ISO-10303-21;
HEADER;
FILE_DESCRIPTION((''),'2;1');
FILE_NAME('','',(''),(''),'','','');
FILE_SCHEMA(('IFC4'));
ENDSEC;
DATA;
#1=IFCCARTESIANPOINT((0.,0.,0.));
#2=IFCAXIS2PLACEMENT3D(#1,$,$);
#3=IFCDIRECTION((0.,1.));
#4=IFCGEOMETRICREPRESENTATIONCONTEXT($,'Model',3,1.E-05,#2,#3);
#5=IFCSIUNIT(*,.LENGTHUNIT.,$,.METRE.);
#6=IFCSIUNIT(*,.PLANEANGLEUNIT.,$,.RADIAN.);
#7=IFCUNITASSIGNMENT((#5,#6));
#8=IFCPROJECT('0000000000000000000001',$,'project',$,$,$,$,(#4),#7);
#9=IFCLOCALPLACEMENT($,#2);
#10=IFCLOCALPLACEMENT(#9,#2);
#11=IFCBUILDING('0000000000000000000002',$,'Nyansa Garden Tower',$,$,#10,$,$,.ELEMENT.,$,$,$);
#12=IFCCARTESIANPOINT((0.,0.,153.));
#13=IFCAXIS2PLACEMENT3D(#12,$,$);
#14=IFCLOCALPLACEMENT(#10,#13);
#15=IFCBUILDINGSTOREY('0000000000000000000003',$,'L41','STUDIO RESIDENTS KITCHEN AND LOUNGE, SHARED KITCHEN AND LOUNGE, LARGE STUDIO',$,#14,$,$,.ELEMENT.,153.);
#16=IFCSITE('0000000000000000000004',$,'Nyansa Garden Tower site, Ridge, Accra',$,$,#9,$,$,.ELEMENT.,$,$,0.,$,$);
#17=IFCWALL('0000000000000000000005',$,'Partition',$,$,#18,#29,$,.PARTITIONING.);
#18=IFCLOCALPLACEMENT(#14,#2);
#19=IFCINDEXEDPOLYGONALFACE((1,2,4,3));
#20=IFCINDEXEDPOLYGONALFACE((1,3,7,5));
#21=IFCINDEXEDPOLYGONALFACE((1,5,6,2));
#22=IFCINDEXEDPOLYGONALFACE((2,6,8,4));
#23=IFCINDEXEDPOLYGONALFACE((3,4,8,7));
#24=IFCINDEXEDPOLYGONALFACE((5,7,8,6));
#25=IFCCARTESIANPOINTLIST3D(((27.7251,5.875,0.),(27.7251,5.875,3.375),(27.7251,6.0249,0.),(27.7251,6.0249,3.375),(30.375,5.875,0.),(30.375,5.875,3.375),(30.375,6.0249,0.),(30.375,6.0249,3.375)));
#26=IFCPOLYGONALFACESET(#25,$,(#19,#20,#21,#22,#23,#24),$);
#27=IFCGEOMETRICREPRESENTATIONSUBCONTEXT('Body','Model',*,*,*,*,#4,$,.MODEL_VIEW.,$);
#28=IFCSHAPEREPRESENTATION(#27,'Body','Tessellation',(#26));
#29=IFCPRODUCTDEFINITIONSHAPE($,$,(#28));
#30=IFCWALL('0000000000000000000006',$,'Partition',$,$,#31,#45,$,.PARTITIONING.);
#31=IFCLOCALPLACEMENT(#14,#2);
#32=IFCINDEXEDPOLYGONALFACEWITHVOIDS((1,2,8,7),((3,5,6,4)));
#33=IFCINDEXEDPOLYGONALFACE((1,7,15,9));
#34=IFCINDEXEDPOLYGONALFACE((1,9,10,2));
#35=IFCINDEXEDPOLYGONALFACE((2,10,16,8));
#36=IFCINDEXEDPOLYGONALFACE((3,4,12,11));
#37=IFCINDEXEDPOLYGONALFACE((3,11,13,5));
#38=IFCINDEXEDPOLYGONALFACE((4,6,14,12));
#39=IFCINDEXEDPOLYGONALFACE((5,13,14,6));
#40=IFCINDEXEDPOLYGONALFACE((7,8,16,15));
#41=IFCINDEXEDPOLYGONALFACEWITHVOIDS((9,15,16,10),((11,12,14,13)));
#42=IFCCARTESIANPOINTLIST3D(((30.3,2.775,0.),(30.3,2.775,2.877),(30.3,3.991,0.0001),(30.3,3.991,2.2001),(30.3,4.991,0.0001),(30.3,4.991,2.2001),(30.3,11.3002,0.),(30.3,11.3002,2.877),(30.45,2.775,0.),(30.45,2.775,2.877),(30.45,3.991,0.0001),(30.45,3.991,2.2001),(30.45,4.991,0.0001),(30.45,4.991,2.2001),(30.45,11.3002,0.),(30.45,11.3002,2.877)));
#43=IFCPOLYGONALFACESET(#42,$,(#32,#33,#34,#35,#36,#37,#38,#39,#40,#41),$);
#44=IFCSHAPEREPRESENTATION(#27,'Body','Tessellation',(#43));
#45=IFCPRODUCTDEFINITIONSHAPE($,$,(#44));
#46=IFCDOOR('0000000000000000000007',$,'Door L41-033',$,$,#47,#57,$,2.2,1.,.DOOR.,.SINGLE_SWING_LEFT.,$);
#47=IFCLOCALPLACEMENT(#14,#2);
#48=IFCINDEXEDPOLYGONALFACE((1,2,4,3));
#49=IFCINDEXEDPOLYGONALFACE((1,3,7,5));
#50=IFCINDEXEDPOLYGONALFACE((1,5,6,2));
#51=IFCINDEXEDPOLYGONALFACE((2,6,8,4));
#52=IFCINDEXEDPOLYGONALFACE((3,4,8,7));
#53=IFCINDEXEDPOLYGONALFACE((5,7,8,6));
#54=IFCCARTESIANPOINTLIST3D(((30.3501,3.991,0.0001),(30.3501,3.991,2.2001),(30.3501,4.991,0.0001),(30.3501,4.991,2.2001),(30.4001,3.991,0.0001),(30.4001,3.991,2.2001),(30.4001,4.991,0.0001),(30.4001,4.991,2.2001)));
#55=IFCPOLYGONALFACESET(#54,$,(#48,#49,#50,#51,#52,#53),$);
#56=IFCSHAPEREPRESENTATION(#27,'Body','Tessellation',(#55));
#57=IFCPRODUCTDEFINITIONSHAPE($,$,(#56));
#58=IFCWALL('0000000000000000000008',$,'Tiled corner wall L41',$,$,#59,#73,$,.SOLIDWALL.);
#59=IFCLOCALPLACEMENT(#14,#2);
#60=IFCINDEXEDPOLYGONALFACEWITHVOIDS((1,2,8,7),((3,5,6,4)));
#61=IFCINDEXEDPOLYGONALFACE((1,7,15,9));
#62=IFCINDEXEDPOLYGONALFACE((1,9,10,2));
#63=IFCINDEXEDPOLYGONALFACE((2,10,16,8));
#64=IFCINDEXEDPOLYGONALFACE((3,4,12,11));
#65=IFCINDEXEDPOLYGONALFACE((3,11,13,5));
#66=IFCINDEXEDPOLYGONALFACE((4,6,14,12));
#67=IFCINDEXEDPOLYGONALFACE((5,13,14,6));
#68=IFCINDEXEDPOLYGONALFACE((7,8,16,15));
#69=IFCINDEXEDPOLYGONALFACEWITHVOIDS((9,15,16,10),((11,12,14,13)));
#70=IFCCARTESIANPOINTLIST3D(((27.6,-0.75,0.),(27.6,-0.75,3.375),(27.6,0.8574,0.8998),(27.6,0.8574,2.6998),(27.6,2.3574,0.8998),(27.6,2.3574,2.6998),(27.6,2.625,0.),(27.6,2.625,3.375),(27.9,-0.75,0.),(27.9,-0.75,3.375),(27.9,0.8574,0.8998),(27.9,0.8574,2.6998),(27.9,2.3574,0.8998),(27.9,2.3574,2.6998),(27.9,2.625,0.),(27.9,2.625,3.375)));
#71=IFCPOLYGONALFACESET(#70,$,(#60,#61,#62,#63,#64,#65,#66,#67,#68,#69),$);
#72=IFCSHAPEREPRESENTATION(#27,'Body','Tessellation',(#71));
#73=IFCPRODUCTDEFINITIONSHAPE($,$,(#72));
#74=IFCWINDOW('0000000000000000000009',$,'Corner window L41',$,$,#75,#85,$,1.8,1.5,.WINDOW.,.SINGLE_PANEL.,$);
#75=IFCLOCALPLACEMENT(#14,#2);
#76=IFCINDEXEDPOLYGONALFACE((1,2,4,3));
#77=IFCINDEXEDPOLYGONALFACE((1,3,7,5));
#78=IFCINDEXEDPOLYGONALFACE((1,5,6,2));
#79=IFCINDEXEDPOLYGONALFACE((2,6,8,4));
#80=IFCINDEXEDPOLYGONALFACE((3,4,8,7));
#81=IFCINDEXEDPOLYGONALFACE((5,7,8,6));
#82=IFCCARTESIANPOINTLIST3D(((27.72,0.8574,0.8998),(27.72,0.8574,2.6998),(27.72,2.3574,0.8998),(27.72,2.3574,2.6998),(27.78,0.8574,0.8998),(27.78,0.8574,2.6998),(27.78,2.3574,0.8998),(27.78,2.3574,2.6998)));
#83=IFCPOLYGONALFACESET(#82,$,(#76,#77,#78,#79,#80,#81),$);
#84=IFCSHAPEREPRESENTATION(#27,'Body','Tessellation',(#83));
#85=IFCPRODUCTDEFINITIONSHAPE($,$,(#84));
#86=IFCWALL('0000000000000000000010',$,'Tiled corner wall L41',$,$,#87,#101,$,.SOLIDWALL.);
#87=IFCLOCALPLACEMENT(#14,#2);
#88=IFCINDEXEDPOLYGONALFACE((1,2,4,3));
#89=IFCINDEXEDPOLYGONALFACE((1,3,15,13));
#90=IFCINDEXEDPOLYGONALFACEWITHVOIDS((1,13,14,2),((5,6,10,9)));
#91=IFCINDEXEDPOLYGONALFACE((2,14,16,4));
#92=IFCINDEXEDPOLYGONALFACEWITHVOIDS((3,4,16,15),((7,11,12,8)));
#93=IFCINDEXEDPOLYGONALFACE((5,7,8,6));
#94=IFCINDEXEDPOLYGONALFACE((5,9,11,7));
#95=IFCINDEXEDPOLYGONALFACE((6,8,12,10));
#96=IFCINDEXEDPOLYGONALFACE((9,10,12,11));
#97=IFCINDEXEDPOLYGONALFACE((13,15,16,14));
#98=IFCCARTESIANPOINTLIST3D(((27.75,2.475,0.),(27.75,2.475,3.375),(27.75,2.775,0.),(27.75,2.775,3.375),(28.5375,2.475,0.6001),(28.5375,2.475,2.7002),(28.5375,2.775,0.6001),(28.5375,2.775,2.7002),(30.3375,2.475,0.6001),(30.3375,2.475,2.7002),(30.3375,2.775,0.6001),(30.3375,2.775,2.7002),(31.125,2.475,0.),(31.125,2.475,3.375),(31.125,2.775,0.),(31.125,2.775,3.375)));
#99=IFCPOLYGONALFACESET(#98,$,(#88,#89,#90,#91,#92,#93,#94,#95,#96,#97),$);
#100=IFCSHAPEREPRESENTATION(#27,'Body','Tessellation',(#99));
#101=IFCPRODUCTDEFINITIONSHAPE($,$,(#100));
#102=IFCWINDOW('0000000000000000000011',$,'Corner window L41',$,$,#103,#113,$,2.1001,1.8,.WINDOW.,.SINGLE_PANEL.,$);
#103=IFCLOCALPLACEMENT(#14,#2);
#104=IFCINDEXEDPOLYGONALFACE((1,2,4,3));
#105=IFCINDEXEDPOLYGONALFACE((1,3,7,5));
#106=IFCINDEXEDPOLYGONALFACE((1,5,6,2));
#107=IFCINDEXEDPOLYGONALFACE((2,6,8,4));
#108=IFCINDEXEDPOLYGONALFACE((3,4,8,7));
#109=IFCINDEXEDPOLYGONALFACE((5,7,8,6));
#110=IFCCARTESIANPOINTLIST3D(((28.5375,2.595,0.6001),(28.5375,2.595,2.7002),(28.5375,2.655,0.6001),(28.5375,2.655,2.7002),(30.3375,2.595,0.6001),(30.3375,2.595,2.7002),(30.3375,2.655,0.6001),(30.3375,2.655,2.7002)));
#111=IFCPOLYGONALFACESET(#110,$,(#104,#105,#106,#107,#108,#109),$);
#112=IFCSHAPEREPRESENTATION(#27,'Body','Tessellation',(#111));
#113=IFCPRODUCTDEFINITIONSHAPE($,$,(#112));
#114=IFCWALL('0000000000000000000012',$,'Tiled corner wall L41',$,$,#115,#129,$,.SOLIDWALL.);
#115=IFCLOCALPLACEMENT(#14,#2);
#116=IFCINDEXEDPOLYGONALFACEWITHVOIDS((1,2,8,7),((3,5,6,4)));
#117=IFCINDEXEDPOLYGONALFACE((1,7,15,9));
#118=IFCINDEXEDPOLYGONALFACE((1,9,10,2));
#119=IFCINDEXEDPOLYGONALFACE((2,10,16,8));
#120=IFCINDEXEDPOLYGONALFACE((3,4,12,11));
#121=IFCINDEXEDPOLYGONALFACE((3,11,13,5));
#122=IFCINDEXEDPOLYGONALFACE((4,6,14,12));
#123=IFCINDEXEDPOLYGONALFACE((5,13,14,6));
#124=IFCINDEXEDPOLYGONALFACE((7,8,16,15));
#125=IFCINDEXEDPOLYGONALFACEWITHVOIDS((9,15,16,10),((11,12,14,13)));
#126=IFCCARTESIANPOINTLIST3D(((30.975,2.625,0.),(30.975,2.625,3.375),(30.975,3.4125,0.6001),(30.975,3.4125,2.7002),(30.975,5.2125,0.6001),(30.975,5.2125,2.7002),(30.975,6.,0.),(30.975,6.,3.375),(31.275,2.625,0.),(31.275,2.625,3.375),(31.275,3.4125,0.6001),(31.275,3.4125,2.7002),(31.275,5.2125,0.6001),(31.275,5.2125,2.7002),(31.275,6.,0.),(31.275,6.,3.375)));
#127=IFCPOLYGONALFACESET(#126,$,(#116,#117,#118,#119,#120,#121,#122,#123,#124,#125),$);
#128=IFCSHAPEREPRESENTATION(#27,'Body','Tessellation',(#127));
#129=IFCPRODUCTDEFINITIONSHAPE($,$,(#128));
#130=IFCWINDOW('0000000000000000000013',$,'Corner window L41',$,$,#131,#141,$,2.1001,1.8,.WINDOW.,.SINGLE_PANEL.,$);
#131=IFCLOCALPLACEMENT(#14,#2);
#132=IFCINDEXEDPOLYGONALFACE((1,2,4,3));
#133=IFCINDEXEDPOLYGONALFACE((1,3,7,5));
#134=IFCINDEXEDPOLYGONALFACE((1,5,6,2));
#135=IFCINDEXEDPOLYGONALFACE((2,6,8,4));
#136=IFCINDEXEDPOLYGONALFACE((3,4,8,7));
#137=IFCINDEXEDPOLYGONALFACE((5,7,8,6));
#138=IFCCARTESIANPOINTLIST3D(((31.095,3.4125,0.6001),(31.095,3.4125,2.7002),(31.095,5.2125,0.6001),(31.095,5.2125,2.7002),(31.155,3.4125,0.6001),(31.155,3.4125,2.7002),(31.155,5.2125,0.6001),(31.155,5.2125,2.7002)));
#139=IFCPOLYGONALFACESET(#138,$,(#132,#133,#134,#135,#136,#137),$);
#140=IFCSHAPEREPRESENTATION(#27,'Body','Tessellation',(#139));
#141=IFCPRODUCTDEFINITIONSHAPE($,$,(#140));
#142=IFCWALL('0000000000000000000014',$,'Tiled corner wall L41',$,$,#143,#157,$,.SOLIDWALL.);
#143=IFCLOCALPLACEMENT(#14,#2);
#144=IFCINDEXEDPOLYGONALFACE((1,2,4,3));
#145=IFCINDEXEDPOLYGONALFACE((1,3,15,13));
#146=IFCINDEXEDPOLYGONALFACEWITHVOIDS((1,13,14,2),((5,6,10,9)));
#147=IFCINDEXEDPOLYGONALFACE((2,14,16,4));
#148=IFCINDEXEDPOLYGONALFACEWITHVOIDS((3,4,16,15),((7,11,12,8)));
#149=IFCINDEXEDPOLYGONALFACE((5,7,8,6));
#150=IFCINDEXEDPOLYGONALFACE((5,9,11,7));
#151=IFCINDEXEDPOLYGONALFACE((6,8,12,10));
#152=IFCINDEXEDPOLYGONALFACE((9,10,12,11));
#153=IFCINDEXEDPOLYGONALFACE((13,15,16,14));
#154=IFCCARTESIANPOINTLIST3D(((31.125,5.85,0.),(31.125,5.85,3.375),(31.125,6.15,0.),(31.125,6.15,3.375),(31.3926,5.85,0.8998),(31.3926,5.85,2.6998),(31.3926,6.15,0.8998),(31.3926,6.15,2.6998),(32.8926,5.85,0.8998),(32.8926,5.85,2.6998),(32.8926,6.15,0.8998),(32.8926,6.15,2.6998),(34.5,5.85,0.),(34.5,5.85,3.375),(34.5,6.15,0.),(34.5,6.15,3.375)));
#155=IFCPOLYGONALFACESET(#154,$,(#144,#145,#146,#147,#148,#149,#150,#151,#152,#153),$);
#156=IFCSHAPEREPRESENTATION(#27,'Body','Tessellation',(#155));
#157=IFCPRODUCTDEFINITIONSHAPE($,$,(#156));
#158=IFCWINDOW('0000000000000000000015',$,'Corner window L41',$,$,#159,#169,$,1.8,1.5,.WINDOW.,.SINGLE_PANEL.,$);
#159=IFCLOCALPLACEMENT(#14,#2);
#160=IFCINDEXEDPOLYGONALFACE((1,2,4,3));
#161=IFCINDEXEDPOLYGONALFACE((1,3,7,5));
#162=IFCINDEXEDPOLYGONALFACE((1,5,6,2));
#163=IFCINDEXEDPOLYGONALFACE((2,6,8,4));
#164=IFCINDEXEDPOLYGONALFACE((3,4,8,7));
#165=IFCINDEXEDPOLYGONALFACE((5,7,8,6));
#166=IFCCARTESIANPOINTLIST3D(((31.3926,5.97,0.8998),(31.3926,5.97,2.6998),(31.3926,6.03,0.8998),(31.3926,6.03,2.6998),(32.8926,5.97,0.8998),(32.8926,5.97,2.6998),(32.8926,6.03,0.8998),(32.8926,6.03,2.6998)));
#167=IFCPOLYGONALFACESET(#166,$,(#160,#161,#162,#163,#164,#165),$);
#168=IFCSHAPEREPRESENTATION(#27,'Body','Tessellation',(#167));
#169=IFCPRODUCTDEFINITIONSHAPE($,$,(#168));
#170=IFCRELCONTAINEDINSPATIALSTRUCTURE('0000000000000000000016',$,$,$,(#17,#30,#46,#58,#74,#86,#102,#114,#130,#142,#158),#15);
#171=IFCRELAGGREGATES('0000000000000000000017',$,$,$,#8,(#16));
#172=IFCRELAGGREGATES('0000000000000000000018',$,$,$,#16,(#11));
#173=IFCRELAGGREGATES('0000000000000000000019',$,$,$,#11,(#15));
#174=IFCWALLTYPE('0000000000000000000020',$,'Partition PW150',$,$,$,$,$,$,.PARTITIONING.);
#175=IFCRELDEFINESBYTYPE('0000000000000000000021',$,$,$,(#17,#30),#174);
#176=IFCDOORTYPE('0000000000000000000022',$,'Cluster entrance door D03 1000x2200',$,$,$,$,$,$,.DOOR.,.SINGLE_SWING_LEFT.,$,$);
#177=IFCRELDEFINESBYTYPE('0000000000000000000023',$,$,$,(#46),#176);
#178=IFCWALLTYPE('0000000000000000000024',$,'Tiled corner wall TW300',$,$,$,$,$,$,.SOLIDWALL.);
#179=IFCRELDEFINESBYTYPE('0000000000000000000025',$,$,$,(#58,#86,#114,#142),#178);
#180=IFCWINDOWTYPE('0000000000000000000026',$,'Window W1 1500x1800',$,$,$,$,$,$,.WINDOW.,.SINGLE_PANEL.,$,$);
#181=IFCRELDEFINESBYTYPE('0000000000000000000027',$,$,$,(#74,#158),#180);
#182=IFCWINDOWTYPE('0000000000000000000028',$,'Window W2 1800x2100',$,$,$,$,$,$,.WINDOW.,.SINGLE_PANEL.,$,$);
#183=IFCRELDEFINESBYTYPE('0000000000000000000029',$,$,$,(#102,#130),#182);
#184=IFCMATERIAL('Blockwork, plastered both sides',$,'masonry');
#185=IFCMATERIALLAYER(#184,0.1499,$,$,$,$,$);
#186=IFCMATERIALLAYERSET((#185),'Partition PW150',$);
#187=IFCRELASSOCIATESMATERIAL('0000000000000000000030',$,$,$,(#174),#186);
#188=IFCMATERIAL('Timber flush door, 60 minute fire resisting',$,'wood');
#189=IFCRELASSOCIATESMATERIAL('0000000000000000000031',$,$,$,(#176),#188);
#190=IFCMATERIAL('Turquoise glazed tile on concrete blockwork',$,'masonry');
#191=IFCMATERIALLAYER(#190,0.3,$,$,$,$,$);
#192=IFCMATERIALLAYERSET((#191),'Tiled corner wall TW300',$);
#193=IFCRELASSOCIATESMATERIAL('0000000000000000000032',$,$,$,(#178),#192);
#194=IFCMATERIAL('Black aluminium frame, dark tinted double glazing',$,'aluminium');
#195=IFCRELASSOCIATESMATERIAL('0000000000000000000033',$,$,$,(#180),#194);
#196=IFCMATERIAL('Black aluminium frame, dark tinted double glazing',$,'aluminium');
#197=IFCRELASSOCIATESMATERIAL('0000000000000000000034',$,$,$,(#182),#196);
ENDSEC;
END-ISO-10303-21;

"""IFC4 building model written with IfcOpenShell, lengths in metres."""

from ifc_helpers import new_model, si_unit, direction, frame, frame_2d, origin, place, context, subcontext, project, spatial, rectangle, extrude, material, layer, layer_set, type_object, element, fill, save


model = new_model("IFC4")

# Units and contexts
model_context = context("Model", 3, precision=1e-05, world=origin(), true_north=direction((0.0, 1.0)))
body_context = subcontext(model_context, "Body", "Model", "MODEL_VIEW")
ifc_project = project(units=[si_unit("LENGTHUNIT", "METRE"), si_unit("PLANEANGLEUNIT", "RADIAN")], contexts=[model_context])

# Site, building, storey
site_placement = place(None, origin())
site = spatial("IfcSite", under=ifc_project, at=site_placement, Name="Nyansa Garden Tower site, Ridge, Accra", CompositionType="ELEMENT", RefElevation=0.0)
building_placement = place(site_placement, origin())
building = spatial("IfcBuilding", under=site, at=building_placement, Name="Nyansa Garden Tower", CompositionType="ELEMENT")
storey_placement = place(building_placement, frame((0.0, 0.0, 153.0)))
storey = spatial("IfcBuildingStorey", under=building, at=storey_placement, Name="L41", Description="STUDIO RESIDENTS KITCHEN AND LOUNGE, SHARED KITCHEN AND LOUNGE, LARGE STUDIO", CompositionType="ELEMENT", Elevation=153.0)

# Wall
ifc_material_1 = material(Name="Blockwork, plastered both sides", Category="masonry")
ifc_layer_1 = layer(ifc_material_1, 0.1499)
ifc_layer_set_1 = layer_set([ifc_layer_1], Name="Partition PW150")
wall_type_1 = type_object("IfcWallType", Name="Partition PW150", PredefinedType="PARTITIONING", material=ifc_layer_set_1)
wall_1_placement = place(storey_placement, frame((27.7251, 5.95, 0.0), z_axis=(0.0, 0.0, 1.0), x_axis=(1.0, 0.0, 0.0)))
element("IfcWall", 1, at=wall_1_placement, inside=storey, type_object=wall_type_1, Name="Partition", PredefinedType="PARTITIONING", context=body_context, shape_type="SweptSolid", body=[
    extrude(rectangle(XDim=2.6499, YDim=0.1499, at=frame_2d((1.325, 0.0))), origin(), (0.0, 0.0, 1.0), 3.375),
])

# Wall, opening, door
wall_2_placement = place(storey_placement, frame((30.375, 2.7749, 0.0), z_axis=(0.0, 0.0, 1.0), x_axis=(0.0, 1.0, 0.0)))
wall_2 = element("IfcWall", 2, at=wall_2_placement, inside=storey, type_object=wall_type_1, Name="Partition", PredefinedType="PARTITIONING", context=body_context, shape_type="SweptSolid", body=[
    extrude(rectangle(XDim=8.5251, YDim=0.1499, at=frame_2d((4.2627, 0.0))), origin(), (0.0, 0.0, 1.0), 2.877),
])
opening_1_placement = place(wall_2_placement, frame((1.2161, 0.0, 0.0)))
opening_1 = element("IfcOpeningElement", 3, at=opening_1_placement, cuts=wall_2, PredefinedType="OPENING", context=body_context, shape_type="SweptSolid", body=[
    extrude(rectangle(XDim=1.0, YDim=2.2, at=frame_2d((0.5, 1.1001))), frame((0.0, 0.085, 0.0), z_axis=(0.0, -1.0, 0.0), x_axis=(1.0, 0.0, 0.0)), (0.0, 0.0, 1.0), 0.1699),
])
ifc_material_2 = material(Name="Timber flush door, 60 minute fire resisting", Category="wood")
door_type = type_object("IfcDoorType", Name="Cluster entrance door D03 1000x2200", OperationType="SINGLE_SWING_LEFT", PredefinedType="DOOR", material=ifc_material_2)
door_placement = place(opening_1_placement, origin())
door = element("IfcDoor", 4, at=door_placement, inside=storey, type_object=door_type, Name="Door L41-033", OperationType="SINGLE_SWING_LEFT", OverallHeight=2.2, OverallWidth=1.0, PredefinedType="DOOR", context=body_context, shape_type="SweptSolid", body=[
    extrude(rectangle(XDim=1.0, YDim=2.2, at=frame_2d((0.5, 1.1001))), frame((0.0, 0.0249, 0.0), z_axis=(0.0, -1.0, 0.0), x_axis=(1.0, 0.0, 0.0)), (0.0, 0.0, 1.0), 0.05),
])
fill(opening_1, door)

# Walls, openings, windows
ifc_material_3 = material(Name="Turquoise glazed tile on concrete blockwork", Category="masonry")
ifc_layer_2 = layer(ifc_material_3, 0.3)
ifc_layer_set_2 = layer_set([ifc_layer_2], Name="Tiled corner wall TW300")
wall_type_2 = type_object("IfcWallType", Name="Tiled corner wall TW300", PredefinedType="SOLIDWALL", material=ifc_layer_set_2)
wall_3_placement = place(storey_placement, frame((27.75, -0.75, 0.0), z_axis=(0.0, 0.0, 1.0), x_axis=(0.0, 1.0, 0.0)))
wall_3 = element("IfcWall", 5, at=wall_3_placement, inside=storey, type_object=wall_type_2, Name="Tiled corner wall L41", PredefinedType="SOLIDWALL", context=body_context, shape_type="SweptSolid", body=[
    extrude(rectangle(XDim=3.375, YDim=0.3, at=frame_2d((1.6875, 0.0))), origin(), (0.0, 0.0, 1.0), 3.375),
])
opening_2_placement = place(wall_3_placement, frame((1.6074, 0.0, 0.8999)))
opening_2 = element("IfcOpeningElement", 6, at=opening_2_placement, cuts=wall_3, PredefinedType="OPENING", context=body_context, shape_type="SweptSolid", body=[
    extrude(rectangle(XDim=1.5, YDim=1.8, at=frame_2d((0.75, 0.8999))), frame((0.0, 0.1599, 0.0), z_axis=(0.0, -1.0, 0.0), x_axis=(1.0, 0.0, 0.0)), (0.0, 0.0, 1.0), 0.3201),
])
ifc_material_4 = material(Name="Black aluminium frame, dark tinted double glazing", Category="aluminium")
window_type_1 = type_object("IfcWindowType", Name="Window W1 1500x1800", PartitioningType="SINGLE_PANEL", PredefinedType="WINDOW", material=ifc_material_4)
window_1_placement = place(opening_2_placement, origin())
window_1 = element("IfcWindow", 7, at=window_1_placement, inside=storey, type_object=window_type_1, Name="Corner window L41", OverallHeight=1.8, OverallWidth=1.5, PartitioningType="SINGLE_PANEL", PredefinedType="WINDOW", context=body_context, shape_type="SweptSolid", body=[
    extrude(rectangle(XDim=1.5, YDim=1.8, at=frame_2d((0.75, 0.8999))), frame((0.0, 0.03, 0.0), z_axis=(0.0, -1.0, 0.0), x_axis=(1.0, 0.0, 0.0)), (0.0, 0.0, 1.0), 0.0601),
])
fill(opening_2, window_1)
wall_4_placement = place(storey_placement, frame((27.75, 2.625, 0.0), z_axis=(0.0, 0.0, 1.0), x_axis=(1.0, 0.0, 0.0)))
wall_4 = element("IfcWall", 8, at=wall_4_placement, inside=storey, type_object=wall_type_2, Name="Tiled corner wall L41", PredefinedType="SOLIDWALL", context=body_context, shape_type="SweptSolid", body=[
    extrude(rectangle(XDim=3.375, YDim=0.3, at=frame_2d((1.6875, 0.0))), origin(), (0.0, 0.0, 1.0), 3.375),
])
opening_3_placement = place(wall_4_placement, frame((0.7876, 0.0, 0.6001)))
opening_3 = element("IfcOpeningElement", 9, at=opening_3_placement, cuts=wall_4, PredefinedType="OPENING", context=body_context, shape_type="SweptSolid", body=[
    extrude(rectangle(XDim=1.8, YDim=2.1001, at=frame_2d((0.8999, 1.05))), frame((0.0, 0.1599, 0.0), z_axis=(0.0, -1.0, 0.0), x_axis=(1.0, 0.0, 0.0)), (0.0, 0.0, 1.0), 0.3201),
])
ifc_material_5 = material(Name="Black aluminium frame, dark tinted double glazing", Category="aluminium")
window_type_2 = type_object("IfcWindowType", Name="Window W2 1800x2100", PartitioningType="SINGLE_PANEL", PredefinedType="WINDOW", material=ifc_material_5)
window_2_placement = place(opening_3_placement, origin())
window_2 = element("IfcWindow", 10, at=window_2_placement, inside=storey, type_object=window_type_2, Name="Corner window L41", OverallHeight=2.1001, OverallWidth=1.8, PartitioningType="SINGLE_PANEL", PredefinedType="WINDOW", context=body_context, shape_type="SweptSolid", body=[
    extrude(rectangle(XDim=1.8, YDim=2.1001, at=frame_2d((0.8999, 1.05))), frame((0.0, 0.03, 0.0), z_axis=(0.0, -1.0, 0.0), x_axis=(1.0, 0.0, 0.0)), (0.0, 0.0, 1.0), 0.0601),
])
fill(opening_3, window_2)
wall_5_placement = place(storey_placement, frame((31.125, 2.625, 0.0), z_axis=(0.0, 0.0, 1.0), x_axis=(0.0, 1.0, 0.0)))
wall_5 = element("IfcWall", 11, at=wall_5_placement, inside=storey, type_object=wall_type_2, Name="Tiled corner wall L41", PredefinedType="SOLIDWALL", context=body_context, shape_type="SweptSolid", body=[
    extrude(rectangle(XDim=3.375, YDim=0.3, at=frame_2d((1.6875, 0.0))), origin(), (0.0, 0.0, 1.0), 3.375),
])
opening_4_placement = place(wall_5_placement, frame((0.7876, 0.0, 0.6001)))
opening_4 = element("IfcOpeningElement", 12, at=opening_4_placement, cuts=wall_5, PredefinedType="OPENING", context=body_context, shape_type="SweptSolid", body=[
    extrude(rectangle(XDim=1.8, YDim=2.1001, at=frame_2d((0.8999, 1.05))), frame((0.0, 0.1599, 0.0), z_axis=(0.0, -1.0, 0.0), x_axis=(1.0, 0.0, 0.0)), (0.0, 0.0, 1.0), 0.3201),
])
window_3_placement = place(opening_4_placement, origin())
window_3 = element("IfcWindow", 13, at=window_3_placement, inside=storey, type_object=window_type_2, Name="Corner window L41", OverallHeight=2.1001, OverallWidth=1.8, PartitioningType="SINGLE_PANEL", PredefinedType="WINDOW", context=body_context, shape_type="SweptSolid", body=[
    extrude(rectangle(XDim=1.8, YDim=2.1001, at=frame_2d((0.8999, 1.05))), frame((0.0, 0.03, 0.0), z_axis=(0.0, -1.0, 0.0), x_axis=(1.0, 0.0, 0.0)), (0.0, 0.0, 1.0), 0.0601),
])
fill(opening_4, window_3)
wall_6_placement = place(storey_placement, frame((31.125, 6.0, 0.0), z_axis=(0.0, 0.0, 1.0), x_axis=(1.0, 0.0, 0.0)))
wall_6 = element("IfcWall", 14, at=wall_6_placement, inside=storey, type_object=wall_type_2, Name="Tiled corner wall L41", PredefinedType="SOLIDWALL", context=body_context, shape_type="SweptSolid", body=[
    extrude(rectangle(XDim=3.375, YDim=0.3, at=frame_2d((1.6875, 0.0))), origin(), (0.0, 0.0, 1.0), 3.375),
])
opening_5_placement = place(wall_6_placement, frame((0.2676, 0.0, 0.8999)))
opening_5 = element("IfcOpeningElement", 15, at=opening_5_placement, cuts=wall_6, PredefinedType="OPENING", context=body_context, shape_type="SweptSolid", body=[
    extrude(rectangle(XDim=1.5, YDim=1.8, at=frame_2d((0.75, 0.8999))), frame((0.0, 0.1599, 0.0), z_axis=(0.0, -1.0, 0.0), x_axis=(1.0, 0.0, 0.0)), (0.0, 0.0, 1.0), 0.3201),
])
window_4_placement = place(opening_5_placement, origin())
window_4 = element("IfcWindow", 16, at=window_4_placement, inside=storey, type_object=window_type_1, Name="Corner window L41", OverallHeight=1.8, OverallWidth=1.5, PartitioningType="SINGLE_PANEL", PredefinedType="WINDOW", context=body_context, shape_type="SweptSolid", body=[
    extrude(rectangle(XDim=1.5, YDim=1.8, at=frame_2d((0.75, 0.8999))), frame((0.0, 0.03, 0.0), z_axis=(0.0, -1.0, 0.0), x_axis=(1.0, 0.0, 0.0)), (0.0, 0.0, 1.0), 0.0601),
])
fill(opening_5, window_4)

save(model, "model.ifc")
